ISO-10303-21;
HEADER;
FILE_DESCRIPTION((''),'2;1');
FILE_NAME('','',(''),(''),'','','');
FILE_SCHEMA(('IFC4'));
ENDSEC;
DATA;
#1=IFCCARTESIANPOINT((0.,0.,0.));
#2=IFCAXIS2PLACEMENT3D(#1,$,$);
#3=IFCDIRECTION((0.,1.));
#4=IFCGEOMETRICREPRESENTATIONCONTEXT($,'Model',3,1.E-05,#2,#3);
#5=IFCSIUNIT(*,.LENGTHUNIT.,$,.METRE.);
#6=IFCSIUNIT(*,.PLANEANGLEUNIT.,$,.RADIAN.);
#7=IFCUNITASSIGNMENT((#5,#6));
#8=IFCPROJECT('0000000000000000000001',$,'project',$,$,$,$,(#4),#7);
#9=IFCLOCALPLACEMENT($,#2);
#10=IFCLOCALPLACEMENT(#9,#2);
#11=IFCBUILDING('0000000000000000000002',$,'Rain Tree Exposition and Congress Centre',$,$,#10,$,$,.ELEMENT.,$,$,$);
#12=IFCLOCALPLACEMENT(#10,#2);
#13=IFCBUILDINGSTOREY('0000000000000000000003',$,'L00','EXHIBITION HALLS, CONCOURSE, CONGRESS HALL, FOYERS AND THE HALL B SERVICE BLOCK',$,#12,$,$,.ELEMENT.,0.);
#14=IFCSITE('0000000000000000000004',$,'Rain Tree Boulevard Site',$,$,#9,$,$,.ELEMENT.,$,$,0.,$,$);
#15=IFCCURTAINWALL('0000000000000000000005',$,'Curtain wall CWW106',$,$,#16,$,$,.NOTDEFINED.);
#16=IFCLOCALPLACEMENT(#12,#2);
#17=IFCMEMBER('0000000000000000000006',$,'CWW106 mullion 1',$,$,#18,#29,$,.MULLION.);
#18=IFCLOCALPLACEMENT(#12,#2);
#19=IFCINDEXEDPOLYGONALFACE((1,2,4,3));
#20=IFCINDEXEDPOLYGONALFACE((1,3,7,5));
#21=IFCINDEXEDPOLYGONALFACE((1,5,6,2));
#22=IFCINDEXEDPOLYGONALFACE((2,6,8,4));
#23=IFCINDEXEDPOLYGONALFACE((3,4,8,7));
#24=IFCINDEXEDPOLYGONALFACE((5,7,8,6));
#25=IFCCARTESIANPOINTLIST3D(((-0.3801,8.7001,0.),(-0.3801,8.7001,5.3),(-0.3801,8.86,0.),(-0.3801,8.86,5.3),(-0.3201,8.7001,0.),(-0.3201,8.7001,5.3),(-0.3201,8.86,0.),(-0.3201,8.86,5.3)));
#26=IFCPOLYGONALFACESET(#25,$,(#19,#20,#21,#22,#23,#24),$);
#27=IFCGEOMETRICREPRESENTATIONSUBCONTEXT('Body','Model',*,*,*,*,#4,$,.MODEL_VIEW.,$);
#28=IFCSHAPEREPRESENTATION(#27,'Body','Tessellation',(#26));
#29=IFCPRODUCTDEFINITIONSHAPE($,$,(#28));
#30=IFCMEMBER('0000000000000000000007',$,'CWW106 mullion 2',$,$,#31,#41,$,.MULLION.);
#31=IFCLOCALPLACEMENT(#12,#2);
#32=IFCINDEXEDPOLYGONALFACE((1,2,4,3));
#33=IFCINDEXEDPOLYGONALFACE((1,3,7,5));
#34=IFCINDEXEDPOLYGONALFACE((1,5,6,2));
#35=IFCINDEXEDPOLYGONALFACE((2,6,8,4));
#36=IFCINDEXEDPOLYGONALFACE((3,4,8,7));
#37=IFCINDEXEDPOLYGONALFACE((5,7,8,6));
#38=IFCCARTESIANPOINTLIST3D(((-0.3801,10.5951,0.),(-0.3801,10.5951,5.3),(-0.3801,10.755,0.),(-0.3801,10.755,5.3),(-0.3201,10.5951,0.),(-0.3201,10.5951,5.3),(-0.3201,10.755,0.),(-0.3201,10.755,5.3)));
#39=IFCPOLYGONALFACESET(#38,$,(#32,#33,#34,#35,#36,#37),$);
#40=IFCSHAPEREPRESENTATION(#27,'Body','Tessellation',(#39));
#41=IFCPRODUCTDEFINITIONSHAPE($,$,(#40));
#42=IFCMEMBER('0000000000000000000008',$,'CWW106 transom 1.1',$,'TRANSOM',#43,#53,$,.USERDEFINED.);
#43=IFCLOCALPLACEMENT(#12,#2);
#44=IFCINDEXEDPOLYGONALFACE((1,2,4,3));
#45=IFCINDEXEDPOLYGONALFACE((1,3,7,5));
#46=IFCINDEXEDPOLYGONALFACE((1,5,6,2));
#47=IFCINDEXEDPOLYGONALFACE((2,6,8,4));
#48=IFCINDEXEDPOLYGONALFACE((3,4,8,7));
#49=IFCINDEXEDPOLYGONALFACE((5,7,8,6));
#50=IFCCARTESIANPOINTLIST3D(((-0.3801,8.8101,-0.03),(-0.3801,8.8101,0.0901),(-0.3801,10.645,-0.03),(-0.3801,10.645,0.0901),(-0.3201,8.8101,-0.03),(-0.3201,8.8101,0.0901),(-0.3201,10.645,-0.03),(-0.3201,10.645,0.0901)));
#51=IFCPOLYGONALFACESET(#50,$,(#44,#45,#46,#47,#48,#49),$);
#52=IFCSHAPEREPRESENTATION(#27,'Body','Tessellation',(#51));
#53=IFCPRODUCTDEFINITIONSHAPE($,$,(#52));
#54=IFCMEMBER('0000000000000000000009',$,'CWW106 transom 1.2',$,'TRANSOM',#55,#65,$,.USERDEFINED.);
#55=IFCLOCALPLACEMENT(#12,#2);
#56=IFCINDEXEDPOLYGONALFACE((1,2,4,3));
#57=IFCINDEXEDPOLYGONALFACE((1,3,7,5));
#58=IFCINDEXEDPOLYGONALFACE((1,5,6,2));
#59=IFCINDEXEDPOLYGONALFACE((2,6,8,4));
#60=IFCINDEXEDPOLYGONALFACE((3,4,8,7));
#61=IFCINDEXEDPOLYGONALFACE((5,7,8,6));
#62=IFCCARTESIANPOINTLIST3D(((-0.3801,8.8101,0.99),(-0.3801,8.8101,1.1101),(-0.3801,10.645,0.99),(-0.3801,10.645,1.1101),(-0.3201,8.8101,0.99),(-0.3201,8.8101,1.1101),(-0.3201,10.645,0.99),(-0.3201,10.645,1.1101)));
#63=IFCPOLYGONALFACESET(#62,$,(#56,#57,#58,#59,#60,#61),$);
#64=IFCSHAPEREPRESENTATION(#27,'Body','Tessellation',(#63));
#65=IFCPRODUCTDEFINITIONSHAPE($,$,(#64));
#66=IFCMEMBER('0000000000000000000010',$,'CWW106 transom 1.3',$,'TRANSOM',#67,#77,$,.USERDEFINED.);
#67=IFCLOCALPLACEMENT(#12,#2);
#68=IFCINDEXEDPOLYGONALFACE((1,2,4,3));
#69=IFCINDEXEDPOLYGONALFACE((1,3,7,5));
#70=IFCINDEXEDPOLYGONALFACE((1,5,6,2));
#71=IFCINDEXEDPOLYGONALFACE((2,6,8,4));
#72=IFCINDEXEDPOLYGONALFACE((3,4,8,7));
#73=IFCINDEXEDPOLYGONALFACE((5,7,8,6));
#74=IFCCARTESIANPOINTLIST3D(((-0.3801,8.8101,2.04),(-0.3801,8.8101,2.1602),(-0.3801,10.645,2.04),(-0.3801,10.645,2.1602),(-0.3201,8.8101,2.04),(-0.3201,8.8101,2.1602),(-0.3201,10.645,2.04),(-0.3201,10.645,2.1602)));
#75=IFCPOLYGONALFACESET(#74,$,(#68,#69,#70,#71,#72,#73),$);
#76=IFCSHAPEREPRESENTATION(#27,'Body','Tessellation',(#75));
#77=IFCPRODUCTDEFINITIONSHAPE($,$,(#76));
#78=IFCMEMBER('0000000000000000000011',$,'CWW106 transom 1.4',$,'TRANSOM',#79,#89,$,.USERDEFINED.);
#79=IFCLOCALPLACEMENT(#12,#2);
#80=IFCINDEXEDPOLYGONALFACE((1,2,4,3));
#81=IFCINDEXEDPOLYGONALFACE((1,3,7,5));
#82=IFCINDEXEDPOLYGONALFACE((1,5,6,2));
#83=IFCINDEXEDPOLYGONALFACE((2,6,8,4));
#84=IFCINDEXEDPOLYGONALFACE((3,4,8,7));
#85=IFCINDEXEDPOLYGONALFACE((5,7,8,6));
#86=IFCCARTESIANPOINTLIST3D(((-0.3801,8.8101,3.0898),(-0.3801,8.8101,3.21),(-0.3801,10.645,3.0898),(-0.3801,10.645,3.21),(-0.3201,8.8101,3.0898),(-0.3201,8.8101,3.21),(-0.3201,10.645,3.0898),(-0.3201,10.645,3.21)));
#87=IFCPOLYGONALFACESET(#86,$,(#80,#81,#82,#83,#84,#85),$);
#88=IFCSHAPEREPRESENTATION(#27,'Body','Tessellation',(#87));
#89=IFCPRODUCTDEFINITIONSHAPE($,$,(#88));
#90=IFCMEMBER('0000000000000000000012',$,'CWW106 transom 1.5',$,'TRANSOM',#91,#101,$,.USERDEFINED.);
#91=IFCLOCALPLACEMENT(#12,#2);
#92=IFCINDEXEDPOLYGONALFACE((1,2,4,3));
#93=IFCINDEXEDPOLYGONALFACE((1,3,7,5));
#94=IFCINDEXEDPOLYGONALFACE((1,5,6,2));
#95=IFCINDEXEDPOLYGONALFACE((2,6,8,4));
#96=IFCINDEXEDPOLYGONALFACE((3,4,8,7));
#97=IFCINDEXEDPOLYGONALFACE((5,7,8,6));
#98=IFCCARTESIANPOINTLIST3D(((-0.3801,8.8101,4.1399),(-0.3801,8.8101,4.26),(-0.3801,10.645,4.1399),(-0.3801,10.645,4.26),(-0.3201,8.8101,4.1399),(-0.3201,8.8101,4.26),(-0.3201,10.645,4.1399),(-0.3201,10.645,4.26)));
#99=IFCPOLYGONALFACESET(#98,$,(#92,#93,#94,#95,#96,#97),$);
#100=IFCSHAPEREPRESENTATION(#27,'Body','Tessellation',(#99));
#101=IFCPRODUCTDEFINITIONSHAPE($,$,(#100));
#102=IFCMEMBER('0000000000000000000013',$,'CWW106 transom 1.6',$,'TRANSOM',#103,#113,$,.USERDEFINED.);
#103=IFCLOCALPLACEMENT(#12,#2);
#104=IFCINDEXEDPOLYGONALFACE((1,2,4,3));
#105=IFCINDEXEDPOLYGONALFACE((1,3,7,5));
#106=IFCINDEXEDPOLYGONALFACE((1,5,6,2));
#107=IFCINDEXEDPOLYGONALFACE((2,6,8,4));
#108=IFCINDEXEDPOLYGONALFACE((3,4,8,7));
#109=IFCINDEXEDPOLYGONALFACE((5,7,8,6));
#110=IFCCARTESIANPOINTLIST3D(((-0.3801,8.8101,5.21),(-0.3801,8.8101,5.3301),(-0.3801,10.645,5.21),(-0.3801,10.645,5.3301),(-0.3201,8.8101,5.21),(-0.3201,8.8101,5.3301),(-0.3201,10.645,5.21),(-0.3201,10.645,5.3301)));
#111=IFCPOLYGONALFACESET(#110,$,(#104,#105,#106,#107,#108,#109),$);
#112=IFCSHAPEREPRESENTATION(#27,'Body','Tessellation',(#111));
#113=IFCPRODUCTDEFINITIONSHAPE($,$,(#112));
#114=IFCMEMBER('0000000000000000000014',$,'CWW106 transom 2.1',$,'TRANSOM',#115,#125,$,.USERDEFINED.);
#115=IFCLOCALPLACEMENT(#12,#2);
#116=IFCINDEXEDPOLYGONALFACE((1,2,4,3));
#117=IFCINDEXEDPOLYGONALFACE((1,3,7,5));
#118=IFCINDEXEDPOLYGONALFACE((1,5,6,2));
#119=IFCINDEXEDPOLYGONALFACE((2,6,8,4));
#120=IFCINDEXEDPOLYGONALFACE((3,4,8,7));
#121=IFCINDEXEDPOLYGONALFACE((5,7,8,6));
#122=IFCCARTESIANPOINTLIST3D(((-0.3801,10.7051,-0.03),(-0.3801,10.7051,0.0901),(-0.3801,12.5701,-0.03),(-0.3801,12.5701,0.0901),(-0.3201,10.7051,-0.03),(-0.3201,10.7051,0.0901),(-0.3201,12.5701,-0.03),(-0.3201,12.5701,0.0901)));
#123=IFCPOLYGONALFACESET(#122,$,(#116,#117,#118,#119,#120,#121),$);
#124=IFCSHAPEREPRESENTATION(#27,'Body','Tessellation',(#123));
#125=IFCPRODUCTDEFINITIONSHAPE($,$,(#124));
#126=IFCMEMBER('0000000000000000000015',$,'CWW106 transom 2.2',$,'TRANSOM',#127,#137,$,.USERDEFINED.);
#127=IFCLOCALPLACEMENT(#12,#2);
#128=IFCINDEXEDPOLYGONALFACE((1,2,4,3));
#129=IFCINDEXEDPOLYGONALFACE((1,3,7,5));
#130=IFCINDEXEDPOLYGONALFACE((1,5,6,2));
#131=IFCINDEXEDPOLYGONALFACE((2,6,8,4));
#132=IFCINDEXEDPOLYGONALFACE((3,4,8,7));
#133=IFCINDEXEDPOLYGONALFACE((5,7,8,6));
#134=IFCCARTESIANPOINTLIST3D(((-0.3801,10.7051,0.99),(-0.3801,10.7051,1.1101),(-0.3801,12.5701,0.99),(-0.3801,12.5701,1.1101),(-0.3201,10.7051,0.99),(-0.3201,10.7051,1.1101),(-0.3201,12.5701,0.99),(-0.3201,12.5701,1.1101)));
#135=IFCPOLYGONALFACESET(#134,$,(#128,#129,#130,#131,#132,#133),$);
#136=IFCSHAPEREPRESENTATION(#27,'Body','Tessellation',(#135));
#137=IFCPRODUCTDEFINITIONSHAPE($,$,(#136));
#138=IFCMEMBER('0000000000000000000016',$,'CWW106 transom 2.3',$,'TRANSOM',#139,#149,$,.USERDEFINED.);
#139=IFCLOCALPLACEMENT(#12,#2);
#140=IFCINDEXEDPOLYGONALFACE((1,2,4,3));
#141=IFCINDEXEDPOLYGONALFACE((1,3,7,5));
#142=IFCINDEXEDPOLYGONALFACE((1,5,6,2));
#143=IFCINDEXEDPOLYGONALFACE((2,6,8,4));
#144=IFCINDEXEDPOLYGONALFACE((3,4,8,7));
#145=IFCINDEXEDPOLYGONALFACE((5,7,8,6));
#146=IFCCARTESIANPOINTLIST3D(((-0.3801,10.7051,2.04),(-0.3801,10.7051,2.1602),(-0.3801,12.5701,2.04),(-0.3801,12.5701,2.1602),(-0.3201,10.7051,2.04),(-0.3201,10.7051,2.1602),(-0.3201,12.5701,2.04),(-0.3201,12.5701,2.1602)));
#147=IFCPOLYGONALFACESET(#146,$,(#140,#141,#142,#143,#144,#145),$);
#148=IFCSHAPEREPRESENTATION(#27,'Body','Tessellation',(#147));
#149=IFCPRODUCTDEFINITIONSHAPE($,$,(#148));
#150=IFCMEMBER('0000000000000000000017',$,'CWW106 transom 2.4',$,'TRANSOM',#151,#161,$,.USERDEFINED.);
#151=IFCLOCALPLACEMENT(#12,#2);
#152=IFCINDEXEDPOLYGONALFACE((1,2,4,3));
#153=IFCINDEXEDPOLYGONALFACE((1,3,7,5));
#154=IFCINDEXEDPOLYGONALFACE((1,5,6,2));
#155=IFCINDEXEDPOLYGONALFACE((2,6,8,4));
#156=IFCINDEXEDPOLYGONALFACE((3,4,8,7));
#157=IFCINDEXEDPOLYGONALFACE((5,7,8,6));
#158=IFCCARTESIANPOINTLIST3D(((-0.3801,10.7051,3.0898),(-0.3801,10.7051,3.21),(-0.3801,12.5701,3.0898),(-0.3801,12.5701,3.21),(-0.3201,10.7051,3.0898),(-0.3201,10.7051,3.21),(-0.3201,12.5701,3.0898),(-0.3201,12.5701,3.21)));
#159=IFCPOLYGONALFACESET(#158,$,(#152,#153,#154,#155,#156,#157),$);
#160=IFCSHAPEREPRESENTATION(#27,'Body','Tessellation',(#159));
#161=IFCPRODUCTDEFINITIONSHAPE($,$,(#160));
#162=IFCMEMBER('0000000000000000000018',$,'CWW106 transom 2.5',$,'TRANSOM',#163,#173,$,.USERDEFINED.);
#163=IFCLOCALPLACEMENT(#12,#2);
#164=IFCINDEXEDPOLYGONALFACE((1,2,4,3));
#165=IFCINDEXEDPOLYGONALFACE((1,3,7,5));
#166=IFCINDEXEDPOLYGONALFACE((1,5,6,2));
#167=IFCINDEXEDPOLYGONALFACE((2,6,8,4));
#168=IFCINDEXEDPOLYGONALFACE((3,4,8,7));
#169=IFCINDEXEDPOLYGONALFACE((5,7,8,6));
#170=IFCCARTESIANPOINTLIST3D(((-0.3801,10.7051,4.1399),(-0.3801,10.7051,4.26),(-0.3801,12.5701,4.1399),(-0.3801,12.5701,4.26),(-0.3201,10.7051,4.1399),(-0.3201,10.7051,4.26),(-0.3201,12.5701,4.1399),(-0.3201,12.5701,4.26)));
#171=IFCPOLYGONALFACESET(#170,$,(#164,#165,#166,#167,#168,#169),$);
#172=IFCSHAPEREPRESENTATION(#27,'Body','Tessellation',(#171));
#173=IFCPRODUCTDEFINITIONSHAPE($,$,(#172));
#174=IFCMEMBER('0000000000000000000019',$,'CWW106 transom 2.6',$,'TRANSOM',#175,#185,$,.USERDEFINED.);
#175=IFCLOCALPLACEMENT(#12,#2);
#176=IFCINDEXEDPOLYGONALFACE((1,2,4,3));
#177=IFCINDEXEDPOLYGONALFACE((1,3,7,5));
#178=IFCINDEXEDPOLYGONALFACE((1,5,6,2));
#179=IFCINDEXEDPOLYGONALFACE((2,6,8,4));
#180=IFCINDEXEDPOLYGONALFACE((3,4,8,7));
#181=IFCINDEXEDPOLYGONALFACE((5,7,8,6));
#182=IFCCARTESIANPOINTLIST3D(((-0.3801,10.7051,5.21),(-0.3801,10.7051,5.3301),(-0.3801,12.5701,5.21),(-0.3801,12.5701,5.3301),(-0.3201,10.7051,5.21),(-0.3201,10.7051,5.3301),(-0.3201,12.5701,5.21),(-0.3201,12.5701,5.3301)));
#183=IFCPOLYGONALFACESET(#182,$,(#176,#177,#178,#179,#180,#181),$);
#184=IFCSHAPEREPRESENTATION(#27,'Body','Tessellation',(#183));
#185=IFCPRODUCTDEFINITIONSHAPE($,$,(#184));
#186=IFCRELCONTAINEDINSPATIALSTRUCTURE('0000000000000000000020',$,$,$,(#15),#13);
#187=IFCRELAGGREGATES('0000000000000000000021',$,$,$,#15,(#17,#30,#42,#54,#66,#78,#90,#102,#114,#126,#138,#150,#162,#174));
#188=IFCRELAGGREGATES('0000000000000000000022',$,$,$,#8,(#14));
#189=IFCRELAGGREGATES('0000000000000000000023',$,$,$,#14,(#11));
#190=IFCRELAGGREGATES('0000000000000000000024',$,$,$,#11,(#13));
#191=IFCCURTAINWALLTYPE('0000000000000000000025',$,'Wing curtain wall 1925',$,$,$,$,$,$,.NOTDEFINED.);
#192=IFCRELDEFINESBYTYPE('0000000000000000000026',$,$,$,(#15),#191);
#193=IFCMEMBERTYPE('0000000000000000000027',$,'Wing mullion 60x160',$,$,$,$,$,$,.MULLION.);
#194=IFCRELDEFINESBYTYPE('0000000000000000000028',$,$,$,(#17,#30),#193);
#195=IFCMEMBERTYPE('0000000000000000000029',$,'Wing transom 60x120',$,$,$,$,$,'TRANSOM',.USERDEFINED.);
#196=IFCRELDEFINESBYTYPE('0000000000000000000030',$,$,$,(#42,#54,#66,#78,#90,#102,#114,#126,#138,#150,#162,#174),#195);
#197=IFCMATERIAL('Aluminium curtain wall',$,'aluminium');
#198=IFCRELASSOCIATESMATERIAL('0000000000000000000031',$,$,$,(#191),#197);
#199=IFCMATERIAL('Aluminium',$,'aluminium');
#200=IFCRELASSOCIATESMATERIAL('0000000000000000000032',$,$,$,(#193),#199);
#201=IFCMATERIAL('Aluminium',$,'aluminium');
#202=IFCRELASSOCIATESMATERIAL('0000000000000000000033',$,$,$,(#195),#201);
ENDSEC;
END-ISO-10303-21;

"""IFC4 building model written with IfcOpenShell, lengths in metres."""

from ifc_helpers import new_model, si_unit, direction, frame, origin, origin_2d, place, context, subcontext, project, spatial, rectangle, extrude, material, material_profile, profile_set, type_object, element, aggregate, save


model = new_model("IFC4")

# Units and contexts
model_context = context("Model", 3, precision=1e-05, world=origin(), true_north=direction((0.0, 1.0)))
body_context = subcontext(model_context, "Body", "Model", "MODEL_VIEW")
ifc_project = project(units=[si_unit("LENGTHUNIT", "METRE"), si_unit("PLANEANGLEUNIT", "RADIAN")], contexts=[model_context])

# Site, building, storey
site_placement = place(None, origin())
site = spatial("IfcSite", under=ifc_project, at=site_placement, Name="Rain Tree Boulevard Site", CompositionType="ELEMENT", RefElevation=0.0)
building_placement = place(site_placement, origin())
building = spatial("IfcBuilding", under=site, at=building_placement, Name="Rain Tree Exposition and Congress Centre", CompositionType="ELEMENT")
storey_placement = place(building_placement, origin())
storey = spatial("IfcBuildingStorey", under=building, at=storey_placement, Name="L00", Description="EXHIBITION HALLS, CONCOURSE, CONGRESS HALL, FOYERS AND THE HALL B SERVICE BLOCK", CompositionType="ELEMENT", Elevation=0.0)

# Curtain wall, members
ifc_material_1 = material(Name="Aluminium curtain wall", Category="aluminium")
curtain_wall_type = type_object("IfcCurtainWallType", Name="Wing curtain wall 1925", PredefinedType="NOTDEFINED", material=ifc_material_1)
curtain_wall_placement = place(storey_placement, origin())
curtain_wall = element("IfcCurtainWall", 1, at=curtain_wall_placement, inside=storey, type_object=curtain_wall_type, Name="Curtain wall CWW106", PredefinedType="NOTDEFINED")
ifc_material_2 = material(Name="Aluminium", Category="aluminium")
ifc_material_profile_1 = material_profile(ifc_material_2, rectangle(XDim=0.0601, YDim=0.1599, at=origin_2d()), Name="Aluminium 60x160")
ifc_profile_set_1 = profile_set([ifc_material_profile_1], Name="Aluminium")
member_type_1 = type_object("IfcMemberType", Name="Wing mullion 60x160", PredefinedType="MULLION", material=ifc_profile_set_1)
member_1_placement = place(storey_placement, frame((-0.3501, 8.78, 0.0), z_axis=(0.0, 0.0, 1.0), x_axis=(-1.0, 0.0, 0.0)))
member_1 = element("IfcMember", 2, at=member_1_placement, type_object=member_type_1, Name="CWW106 mullion 1", PredefinedType="MULLION", context=body_context, shape_type="SweptSolid", body=[
    extrude(rectangle(XDim=0.0601, YDim=0.1599, at=origin_2d()), origin(), (0.0, 0.0, 1.0), 5.3),
])
member_2_placement = place(storey_placement, frame((-0.3501, 10.675, 0.0), z_axis=(0.0, 0.0, 1.0), x_axis=(-1.0, 0.0, 0.0)))
member_2 = element("IfcMember", 3, at=member_2_placement, type_object=member_type_1, Name="CWW106 mullion 2", PredefinedType="MULLION", context=body_context, shape_type="SweptSolid", body=[
    extrude(rectangle(XDim=0.0601, YDim=0.1599, at=origin_2d()), origin(), (0.0, 0.0, 1.0), 5.3),
])
ifc_material_3 = material(Name="Aluminium", Category="aluminium")
ifc_material_profile_2 = material_profile(ifc_material_3, rectangle(XDim=0.0601, YDim=0.1201, at=origin_2d()), Name="Aluminium 60x120")
ifc_profile_set_2 = profile_set([ifc_material_profile_2], Name="Aluminium")
member_type_2 = type_object("IfcMemberType", Name="Wing transom 60x120", ElementType="TRANSOM", PredefinedType="USERDEFINED", material=ifc_profile_set_2)
member_3_placement = place(storey_placement, frame((-0.3501, 8.8101, 0.03), z_axis=(0.0, 1.0, 0.0), x_axis=(-1.0, 0.0, 0.0)))
member_3 = element("IfcMember", 4, at=member_3_placement, type_object=member_type_2, Name="CWW106 transom 1.1", ObjectType="TRANSOM", PredefinedType="USERDEFINED", context=body_context, shape_type="SweptSolid", body=[
    extrude(rectangle(XDim=0.0601, YDim=0.1201, at=origin_2d()), origin(), (0.0, 0.0, 1.0), 1.835),
])
member_4_placement = place(storey_placement, frame((-0.3501, 8.8101, 1.05), z_axis=(0.0, 1.0, 0.0), x_axis=(-1.0, 0.0, 0.0)))
member_4 = element("IfcMember", 5, at=member_4_placement, type_object=member_type_2, Name="CWW106 transom 1.2", ObjectType="TRANSOM", PredefinedType="USERDEFINED", context=body_context, shape_type="SweptSolid", body=[
    extrude(rectangle(XDim=0.0601, YDim=0.1201, at=origin_2d()), origin(), (0.0, 0.0, 1.0), 1.835),
])
member_5_placement = place(storey_placement, frame((-0.3501, 8.8101, 2.1001), z_axis=(0.0, 1.0, 0.0), x_axis=(-1.0, 0.0, 0.0)))
member_5 = element("IfcMember", 6, at=member_5_placement, type_object=member_type_2, Name="CWW106 transom 1.3", ObjectType="TRANSOM", PredefinedType="USERDEFINED", context=body_context, shape_type="SweptSolid", body=[
    extrude(rectangle(XDim=0.0601, YDim=0.1201, at=origin_2d()), origin(), (0.0, 0.0, 1.0), 1.835),
])
member_6_placement = place(storey_placement, frame((-0.3501, 8.8101, 3.1499), z_axis=(0.0, 1.0, 0.0), x_axis=(-1.0, 0.0, 0.0)))
member_6 = element("IfcMember", 7, at=member_6_placement, type_object=member_type_2, Name="CWW106 transom 1.4", ObjectType="TRANSOM", PredefinedType="USERDEFINED", context=body_context, shape_type="SweptSolid", body=[
    extrude(rectangle(XDim=0.0601, YDim=0.1201, at=origin_2d()), origin(), (0.0, 0.0, 1.0), 1.835),
])
member_7_placement = place(storey_placement, frame((-0.3501, 8.8101, 4.2), z_axis=(0.0, 1.0, 0.0), x_axis=(-1.0, 0.0, 0.0)))
member_7 = element("IfcMember", 8, at=member_7_placement, type_object=member_type_2, Name="CWW106 transom 1.5", ObjectType="TRANSOM", PredefinedType="USERDEFINED", context=body_context, shape_type="SweptSolid", body=[
    extrude(rectangle(XDim=0.0601, YDim=0.1201, at=origin_2d()), origin(), (0.0, 0.0, 1.0), 1.835),
])
member_8_placement = place(storey_placement, frame((-0.3501, 8.8101, 5.27), z_axis=(0.0, 1.0, 0.0), x_axis=(-1.0, 0.0, 0.0)))
member_8 = element("IfcMember", 9, at=member_8_placement, type_object=member_type_2, Name="CWW106 transom 1.6", ObjectType="TRANSOM", PredefinedType="USERDEFINED", context=body_context, shape_type="SweptSolid", body=[
    extrude(rectangle(XDim=0.0601, YDim=0.1201, at=origin_2d()), origin(), (0.0, 0.0, 1.0), 1.835),
])
member_9_placement = place(storey_placement, frame((-0.3501, 10.7051, 0.03), z_axis=(0.0, 1.0, 0.0), x_axis=(-1.0, 0.0, 0.0)))
member_9 = element("IfcMember", 10, at=member_9_placement, type_object=member_type_2, Name="CWW106 transom 2.1", ObjectType="TRANSOM", PredefinedType="USERDEFINED", context=body_context, shape_type="SweptSolid", body=[
    extrude(rectangle(XDim=0.0601, YDim=0.1201, at=origin_2d()), origin(), (0.0, 0.0, 1.0), 1.865),
])
member_10_placement = place(storey_placement, frame((-0.3501, 10.7051, 1.05), z_axis=(0.0, 1.0, 0.0), x_axis=(-1.0, 0.0, 0.0)))
member_10 = element("IfcMember", 11, at=member_10_placement, type_object=member_type_2, Name="CWW106 transom 2.2", ObjectType="TRANSOM", PredefinedType="USERDEFINED", context=body_context, shape_type="SweptSolid", body=[
    extrude(rectangle(XDim=0.0601, YDim=0.1201, at=origin_2d()), origin(), (0.0, 0.0, 1.0), 1.865),
])
member_11_placement = place(storey_placement, frame((-0.3501, 10.7051, 2.1001), z_axis=(0.0, 1.0, 0.0), x_axis=(-1.0, 0.0, 0.0)))
member_11 = element("IfcMember", 12, at=member_11_placement, type_object=member_type_2, Name="CWW106 transom 2.3", ObjectType="TRANSOM", PredefinedType="USERDEFINED", context=body_context, shape_type="SweptSolid", body=[
    extrude(rectangle(XDim=0.0601, YDim=0.1201, at=origin_2d()), origin(), (0.0, 0.0, 1.0), 1.865),
])
member_12_placement = place(storey_placement, frame((-0.3501, 10.7051, 3.1499), z_axis=(0.0, 1.0, 0.0), x_axis=(-1.0, 0.0, 0.0)))
member_12 = element("IfcMember", 13, at=member_12_placement, type_object=member_type_2, Name="CWW106 transom 2.4", ObjectType="TRANSOM", PredefinedType="USERDEFINED", context=body_context, shape_type="SweptSolid", body=[
    extrude(rectangle(XDim=0.0601, YDim=0.1201, at=origin_2d()), origin(), (0.0, 0.0, 1.0), 1.865),
])
member_13_placement = place(storey_placement, frame((-0.3501, 10.7051, 4.2), z_axis=(0.0, 1.0, 0.0), x_axis=(-1.0, 0.0, 0.0)))
member_13 = element("IfcMember", 14, at=member_13_placement, type_object=member_type_2, Name="CWW106 transom 2.5", ObjectType="TRANSOM", PredefinedType="USERDEFINED", context=body_context, shape_type="SweptSolid", body=[
    extrude(rectangle(XDim=0.0601, YDim=0.1201, at=origin_2d()), origin(), (0.0, 0.0, 1.0), 1.865),
])
member_14_placement = place(storey_placement, frame((-0.3501, 10.7051, 5.27), z_axis=(0.0, 1.0, 0.0), x_axis=(-1.0, 0.0, 0.0)))
member_14 = element("IfcMember", 15, at=member_14_placement, type_object=member_type_2, Name="CWW106 transom 2.6", ObjectType="TRANSOM", PredefinedType="USERDEFINED", context=body_context, shape_type="SweptSolid", body=[
    extrude(rectangle(XDim=0.0601, YDim=0.1201, at=origin_2d()), origin(), (0.0, 0.0, 1.0), 1.865),
])
aggregate(curtain_wall, [member_1, member_2, member_3, member_4, member_5, member_6, member_7, member_8, member_9, member_10, member_11, member_12, member_13, member_14])

save(model, "model.ifc")
